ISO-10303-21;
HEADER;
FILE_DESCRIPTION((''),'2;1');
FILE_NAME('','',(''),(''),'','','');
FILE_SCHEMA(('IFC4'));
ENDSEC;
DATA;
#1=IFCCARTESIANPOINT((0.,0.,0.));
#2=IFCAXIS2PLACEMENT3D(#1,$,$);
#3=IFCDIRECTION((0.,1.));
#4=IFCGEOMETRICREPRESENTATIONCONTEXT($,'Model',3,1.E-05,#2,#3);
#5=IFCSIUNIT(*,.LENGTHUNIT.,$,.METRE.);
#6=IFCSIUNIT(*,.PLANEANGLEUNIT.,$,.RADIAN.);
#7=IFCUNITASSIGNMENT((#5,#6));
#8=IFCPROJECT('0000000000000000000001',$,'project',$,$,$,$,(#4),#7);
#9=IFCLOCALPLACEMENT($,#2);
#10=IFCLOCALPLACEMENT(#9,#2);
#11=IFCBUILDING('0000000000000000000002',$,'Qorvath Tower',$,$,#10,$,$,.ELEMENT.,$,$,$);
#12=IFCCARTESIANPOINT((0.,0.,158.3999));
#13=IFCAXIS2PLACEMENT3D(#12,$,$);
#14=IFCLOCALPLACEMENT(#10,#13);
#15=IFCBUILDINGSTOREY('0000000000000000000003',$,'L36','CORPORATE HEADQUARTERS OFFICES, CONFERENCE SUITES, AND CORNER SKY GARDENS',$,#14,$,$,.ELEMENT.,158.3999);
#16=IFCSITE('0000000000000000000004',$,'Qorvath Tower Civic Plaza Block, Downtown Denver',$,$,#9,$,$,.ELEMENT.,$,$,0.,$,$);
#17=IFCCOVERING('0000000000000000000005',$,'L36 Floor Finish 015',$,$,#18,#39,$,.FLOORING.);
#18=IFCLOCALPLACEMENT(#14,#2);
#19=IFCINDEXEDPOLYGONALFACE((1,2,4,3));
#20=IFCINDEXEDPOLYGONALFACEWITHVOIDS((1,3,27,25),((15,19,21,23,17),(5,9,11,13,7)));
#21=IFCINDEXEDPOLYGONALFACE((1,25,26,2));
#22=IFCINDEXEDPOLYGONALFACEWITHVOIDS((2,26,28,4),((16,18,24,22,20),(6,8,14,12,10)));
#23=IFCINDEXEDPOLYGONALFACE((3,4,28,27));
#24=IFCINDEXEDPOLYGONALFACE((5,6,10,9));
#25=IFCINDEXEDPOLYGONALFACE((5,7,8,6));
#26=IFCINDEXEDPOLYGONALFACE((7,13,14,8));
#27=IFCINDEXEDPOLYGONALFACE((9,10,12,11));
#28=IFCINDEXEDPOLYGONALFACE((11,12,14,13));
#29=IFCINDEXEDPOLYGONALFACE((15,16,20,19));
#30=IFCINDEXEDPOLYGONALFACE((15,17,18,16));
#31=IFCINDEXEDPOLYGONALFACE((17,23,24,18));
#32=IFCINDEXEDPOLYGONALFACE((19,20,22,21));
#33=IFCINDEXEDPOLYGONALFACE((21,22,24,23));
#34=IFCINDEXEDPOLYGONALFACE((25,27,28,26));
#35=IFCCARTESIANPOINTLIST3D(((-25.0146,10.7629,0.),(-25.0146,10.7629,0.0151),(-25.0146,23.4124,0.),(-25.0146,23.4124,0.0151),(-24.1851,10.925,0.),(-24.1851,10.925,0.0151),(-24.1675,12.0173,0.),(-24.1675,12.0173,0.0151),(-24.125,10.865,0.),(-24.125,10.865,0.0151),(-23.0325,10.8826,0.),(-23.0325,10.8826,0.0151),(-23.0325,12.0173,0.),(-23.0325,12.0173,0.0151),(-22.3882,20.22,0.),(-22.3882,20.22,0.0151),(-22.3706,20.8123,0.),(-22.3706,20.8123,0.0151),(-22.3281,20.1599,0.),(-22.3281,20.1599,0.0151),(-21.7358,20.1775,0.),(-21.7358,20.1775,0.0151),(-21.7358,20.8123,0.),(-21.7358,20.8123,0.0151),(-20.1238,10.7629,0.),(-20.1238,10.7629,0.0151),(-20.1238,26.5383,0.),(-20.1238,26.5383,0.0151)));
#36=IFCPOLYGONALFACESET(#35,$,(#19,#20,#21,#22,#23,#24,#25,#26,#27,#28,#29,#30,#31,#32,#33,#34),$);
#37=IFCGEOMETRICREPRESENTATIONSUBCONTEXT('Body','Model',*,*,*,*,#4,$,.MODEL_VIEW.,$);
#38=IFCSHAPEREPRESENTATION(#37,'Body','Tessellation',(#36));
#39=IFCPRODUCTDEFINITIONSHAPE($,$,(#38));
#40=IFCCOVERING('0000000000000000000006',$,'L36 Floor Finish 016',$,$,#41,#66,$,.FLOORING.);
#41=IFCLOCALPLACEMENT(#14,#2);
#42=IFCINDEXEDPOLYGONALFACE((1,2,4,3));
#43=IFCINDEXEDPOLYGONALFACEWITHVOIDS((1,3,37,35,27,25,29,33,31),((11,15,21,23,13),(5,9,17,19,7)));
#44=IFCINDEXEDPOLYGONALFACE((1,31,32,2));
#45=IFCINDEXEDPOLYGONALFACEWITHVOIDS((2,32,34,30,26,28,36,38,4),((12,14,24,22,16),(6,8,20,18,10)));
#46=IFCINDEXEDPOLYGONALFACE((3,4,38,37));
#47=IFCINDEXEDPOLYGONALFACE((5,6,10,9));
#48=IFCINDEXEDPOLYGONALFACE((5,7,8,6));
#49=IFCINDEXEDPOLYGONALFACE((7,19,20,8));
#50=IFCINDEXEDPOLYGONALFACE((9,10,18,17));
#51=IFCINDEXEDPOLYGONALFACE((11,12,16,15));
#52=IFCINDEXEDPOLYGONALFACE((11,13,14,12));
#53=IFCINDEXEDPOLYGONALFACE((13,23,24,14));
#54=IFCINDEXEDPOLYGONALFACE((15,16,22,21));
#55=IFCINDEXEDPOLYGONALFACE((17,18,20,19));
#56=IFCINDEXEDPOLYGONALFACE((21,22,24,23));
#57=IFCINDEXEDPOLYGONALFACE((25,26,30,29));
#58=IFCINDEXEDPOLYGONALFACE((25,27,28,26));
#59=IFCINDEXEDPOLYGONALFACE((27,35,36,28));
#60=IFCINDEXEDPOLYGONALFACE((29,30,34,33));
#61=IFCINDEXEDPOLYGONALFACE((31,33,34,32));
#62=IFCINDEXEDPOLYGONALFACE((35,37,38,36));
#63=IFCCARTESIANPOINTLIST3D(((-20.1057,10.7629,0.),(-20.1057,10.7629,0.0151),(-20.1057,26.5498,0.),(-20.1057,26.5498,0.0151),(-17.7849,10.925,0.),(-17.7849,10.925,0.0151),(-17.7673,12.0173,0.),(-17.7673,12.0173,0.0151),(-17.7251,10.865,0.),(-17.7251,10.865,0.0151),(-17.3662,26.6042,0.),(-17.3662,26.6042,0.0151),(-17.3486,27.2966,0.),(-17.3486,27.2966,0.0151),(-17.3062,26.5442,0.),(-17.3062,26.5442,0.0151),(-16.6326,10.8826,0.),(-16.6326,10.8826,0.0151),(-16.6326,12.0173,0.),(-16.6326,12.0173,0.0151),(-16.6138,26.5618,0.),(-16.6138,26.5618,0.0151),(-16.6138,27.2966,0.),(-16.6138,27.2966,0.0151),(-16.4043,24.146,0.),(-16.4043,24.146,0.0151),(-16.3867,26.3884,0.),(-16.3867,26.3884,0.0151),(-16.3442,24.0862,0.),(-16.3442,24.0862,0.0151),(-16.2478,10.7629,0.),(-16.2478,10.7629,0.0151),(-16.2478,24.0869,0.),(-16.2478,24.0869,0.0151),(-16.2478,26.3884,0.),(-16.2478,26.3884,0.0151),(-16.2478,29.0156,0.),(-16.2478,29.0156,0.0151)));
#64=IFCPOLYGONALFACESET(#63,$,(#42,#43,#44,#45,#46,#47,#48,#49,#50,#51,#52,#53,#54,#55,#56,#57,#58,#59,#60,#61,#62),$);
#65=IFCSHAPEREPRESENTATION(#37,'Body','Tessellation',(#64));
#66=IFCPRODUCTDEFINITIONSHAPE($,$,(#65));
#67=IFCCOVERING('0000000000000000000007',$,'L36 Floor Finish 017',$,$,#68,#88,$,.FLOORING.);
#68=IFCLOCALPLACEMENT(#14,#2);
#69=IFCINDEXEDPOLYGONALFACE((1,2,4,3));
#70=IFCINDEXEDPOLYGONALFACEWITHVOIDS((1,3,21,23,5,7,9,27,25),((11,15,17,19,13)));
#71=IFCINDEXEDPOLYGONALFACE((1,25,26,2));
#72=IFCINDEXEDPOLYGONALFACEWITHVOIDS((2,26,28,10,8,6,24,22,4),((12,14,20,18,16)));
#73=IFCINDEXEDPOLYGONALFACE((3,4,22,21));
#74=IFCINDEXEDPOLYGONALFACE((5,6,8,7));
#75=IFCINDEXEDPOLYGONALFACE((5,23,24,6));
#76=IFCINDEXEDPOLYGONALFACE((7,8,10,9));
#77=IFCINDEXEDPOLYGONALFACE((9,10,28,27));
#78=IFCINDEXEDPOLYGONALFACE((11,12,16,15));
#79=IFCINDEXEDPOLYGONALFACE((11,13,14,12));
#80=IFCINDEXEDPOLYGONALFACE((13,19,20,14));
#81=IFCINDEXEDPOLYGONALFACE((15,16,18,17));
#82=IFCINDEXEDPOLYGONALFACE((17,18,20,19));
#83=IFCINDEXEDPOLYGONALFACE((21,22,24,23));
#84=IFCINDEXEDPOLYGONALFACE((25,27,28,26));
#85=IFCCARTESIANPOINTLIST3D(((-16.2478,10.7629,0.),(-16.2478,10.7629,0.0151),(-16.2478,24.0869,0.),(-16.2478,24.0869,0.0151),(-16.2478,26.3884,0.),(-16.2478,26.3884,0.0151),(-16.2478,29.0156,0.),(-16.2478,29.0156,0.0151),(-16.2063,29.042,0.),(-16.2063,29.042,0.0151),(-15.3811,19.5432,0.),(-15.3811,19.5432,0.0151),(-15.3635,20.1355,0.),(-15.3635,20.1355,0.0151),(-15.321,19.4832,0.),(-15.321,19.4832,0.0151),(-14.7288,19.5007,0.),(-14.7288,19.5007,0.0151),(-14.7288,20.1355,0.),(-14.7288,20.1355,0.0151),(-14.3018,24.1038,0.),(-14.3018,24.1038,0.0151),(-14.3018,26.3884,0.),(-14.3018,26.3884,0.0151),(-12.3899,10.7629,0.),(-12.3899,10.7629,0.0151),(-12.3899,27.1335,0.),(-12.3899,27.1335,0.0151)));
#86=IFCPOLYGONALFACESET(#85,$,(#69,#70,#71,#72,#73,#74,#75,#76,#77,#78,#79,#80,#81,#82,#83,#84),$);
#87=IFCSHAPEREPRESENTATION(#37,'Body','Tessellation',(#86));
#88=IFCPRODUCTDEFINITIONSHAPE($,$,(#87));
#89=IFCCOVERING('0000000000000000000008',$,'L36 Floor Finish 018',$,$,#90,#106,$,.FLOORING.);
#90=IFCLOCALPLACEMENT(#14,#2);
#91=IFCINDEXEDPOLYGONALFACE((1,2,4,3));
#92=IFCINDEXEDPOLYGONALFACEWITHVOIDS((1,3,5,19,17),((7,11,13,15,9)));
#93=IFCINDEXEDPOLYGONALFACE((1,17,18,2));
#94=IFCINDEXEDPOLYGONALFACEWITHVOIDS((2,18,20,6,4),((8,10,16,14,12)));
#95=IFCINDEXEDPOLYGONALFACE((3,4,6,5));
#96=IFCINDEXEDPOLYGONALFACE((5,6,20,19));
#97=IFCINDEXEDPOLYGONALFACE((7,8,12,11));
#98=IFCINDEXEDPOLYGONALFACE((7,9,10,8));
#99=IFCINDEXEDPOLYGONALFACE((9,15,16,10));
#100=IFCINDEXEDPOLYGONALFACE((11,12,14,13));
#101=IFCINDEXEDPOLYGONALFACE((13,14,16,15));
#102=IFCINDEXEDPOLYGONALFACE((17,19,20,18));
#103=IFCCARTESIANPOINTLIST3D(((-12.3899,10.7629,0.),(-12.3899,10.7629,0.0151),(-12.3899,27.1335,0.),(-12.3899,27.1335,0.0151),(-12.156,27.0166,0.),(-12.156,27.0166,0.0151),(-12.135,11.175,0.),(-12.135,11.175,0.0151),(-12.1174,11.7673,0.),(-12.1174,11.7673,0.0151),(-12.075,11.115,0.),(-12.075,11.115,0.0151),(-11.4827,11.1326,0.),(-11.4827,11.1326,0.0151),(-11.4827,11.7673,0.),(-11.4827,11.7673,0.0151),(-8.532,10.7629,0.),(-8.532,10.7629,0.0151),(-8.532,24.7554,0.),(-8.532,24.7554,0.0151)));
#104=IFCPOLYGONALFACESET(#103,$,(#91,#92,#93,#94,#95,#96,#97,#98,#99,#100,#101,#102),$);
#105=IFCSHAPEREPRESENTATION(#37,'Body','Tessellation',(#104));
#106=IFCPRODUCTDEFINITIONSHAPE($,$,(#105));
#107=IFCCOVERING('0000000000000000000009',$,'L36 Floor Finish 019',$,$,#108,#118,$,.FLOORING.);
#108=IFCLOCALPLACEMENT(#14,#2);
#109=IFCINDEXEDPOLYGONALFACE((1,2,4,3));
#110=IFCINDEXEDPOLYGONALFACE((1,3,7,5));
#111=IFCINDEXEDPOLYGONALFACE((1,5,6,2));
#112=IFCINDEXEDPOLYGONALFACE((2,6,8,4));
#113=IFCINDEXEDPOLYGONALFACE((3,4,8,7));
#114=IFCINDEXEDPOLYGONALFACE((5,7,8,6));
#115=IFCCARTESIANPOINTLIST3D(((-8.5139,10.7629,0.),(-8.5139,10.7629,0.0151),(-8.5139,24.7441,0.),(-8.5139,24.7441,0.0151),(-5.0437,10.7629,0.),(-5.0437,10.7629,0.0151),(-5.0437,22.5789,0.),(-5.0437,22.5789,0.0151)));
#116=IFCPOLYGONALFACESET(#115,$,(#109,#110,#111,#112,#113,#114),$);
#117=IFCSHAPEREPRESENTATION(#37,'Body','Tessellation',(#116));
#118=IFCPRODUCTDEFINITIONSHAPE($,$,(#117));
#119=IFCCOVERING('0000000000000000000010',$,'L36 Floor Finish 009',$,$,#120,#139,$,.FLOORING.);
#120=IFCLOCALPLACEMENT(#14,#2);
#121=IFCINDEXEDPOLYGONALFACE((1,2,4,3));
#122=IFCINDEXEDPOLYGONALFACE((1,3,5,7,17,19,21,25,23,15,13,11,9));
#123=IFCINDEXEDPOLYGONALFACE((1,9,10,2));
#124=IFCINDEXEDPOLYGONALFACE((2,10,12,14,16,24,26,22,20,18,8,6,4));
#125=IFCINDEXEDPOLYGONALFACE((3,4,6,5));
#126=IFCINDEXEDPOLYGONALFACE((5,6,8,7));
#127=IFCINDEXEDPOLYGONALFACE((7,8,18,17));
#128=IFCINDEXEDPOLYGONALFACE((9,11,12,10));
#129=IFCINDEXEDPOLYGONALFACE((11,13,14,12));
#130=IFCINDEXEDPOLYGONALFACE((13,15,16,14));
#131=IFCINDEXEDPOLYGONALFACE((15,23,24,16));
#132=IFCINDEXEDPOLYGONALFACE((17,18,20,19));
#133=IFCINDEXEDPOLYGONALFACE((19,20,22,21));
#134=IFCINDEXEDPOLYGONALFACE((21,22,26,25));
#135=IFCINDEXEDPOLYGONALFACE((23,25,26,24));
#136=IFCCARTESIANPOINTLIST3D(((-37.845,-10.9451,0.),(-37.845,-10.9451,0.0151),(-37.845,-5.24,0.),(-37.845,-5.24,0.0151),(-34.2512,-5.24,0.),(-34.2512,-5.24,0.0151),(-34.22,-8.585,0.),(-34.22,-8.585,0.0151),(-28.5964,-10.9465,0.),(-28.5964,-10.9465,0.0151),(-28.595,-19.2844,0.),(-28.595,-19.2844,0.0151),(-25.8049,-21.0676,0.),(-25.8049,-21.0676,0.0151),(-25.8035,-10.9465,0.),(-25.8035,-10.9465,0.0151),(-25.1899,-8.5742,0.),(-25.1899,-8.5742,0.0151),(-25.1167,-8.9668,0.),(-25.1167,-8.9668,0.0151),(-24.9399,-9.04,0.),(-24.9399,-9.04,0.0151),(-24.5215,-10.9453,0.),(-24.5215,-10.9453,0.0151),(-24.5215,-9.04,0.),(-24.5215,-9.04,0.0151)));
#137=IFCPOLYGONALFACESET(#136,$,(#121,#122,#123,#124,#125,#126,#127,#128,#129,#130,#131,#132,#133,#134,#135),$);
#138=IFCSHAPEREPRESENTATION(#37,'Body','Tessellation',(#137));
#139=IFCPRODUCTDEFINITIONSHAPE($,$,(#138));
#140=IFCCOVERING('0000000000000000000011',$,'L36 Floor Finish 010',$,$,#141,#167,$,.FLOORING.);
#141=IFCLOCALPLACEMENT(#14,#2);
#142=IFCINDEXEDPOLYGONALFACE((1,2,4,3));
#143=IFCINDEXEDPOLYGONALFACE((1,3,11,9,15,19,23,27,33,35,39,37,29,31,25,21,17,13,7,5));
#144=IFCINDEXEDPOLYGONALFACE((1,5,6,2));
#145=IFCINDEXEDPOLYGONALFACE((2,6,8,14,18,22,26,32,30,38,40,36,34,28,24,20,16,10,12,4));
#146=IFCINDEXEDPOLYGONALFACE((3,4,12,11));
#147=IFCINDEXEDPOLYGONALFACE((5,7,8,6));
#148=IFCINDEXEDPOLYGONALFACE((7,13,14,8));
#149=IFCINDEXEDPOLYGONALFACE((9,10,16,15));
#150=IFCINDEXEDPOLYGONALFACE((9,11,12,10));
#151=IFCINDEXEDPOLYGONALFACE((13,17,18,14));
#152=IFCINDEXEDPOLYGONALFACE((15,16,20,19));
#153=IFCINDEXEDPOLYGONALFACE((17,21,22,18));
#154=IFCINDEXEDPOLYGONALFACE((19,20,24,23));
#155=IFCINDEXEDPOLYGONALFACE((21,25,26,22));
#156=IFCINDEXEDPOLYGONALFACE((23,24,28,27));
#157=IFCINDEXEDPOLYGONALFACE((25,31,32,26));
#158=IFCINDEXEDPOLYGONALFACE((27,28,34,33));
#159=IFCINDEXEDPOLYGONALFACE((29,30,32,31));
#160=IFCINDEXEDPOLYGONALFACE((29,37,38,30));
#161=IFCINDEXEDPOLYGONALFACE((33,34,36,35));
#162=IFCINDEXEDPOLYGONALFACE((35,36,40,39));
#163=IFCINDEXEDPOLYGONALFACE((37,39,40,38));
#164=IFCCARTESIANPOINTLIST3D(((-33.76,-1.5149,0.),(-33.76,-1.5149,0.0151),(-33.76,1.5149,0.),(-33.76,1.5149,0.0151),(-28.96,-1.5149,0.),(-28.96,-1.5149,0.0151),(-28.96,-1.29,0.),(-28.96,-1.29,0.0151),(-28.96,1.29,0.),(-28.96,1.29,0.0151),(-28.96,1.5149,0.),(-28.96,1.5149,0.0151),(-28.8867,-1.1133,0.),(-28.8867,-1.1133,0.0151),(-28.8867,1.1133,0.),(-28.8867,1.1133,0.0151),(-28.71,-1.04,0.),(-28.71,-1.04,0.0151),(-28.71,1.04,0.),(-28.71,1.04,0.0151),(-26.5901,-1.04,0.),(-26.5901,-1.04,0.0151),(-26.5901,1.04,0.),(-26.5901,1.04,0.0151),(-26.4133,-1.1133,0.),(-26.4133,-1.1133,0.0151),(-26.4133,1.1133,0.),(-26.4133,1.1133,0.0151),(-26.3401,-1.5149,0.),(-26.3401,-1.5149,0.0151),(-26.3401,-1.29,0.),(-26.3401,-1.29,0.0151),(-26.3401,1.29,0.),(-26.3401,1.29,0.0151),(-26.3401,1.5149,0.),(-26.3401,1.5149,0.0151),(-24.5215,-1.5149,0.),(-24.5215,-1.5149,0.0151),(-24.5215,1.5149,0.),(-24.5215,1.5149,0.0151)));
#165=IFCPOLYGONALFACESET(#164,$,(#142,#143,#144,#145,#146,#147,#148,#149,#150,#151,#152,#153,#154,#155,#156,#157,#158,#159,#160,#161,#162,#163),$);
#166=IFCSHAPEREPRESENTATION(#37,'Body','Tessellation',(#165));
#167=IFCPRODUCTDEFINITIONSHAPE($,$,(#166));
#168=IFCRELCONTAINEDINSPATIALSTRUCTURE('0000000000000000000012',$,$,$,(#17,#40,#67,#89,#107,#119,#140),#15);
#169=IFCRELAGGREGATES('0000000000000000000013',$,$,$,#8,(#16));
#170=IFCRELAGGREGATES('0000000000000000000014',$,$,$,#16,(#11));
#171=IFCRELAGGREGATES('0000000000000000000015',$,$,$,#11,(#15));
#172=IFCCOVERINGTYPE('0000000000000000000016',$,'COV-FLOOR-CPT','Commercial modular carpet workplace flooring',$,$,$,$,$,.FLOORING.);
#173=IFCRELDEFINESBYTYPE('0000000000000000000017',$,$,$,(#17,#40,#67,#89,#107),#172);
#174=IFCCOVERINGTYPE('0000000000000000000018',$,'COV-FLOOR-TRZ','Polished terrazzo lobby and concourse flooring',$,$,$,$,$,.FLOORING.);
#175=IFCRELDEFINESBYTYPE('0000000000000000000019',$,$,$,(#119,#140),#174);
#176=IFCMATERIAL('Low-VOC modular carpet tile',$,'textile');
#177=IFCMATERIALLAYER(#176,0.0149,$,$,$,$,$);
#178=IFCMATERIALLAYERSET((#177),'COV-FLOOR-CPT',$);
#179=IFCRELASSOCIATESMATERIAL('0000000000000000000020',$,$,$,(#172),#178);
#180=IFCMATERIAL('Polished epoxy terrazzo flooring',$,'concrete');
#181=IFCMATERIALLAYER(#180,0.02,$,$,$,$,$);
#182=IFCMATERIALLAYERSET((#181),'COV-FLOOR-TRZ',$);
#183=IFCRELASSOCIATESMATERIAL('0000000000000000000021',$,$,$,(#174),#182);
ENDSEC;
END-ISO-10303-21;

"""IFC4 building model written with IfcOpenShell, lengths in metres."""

from ifc_helpers import new_model, si_unit, direction, frame, origin, place, context, subcontext, project, spatial, polyline, outline, extrude, material, layer, layer_set, type_object, element, save


model = new_model("IFC4")

# Units and contexts
model_context = context("Model", 3, precision=1e-05, world=origin(), true_north=direction((0.0, 1.0)))
body_context = subcontext(model_context, "Body", "Model", "MODEL_VIEW")
ifc_project = project(units=[si_unit("LENGTHUNIT", "METRE"), si_unit("PLANEANGLEUNIT", "RADIAN")], contexts=[model_context])

# Site, building, storey
site_placement = place(None, origin())
site = spatial("IfcSite", under=ifc_project, at=site_placement, Name="Qorvath Tower Civic Plaza Block, Downtown Denver", CompositionType="ELEMENT", RefElevation=0.0)
building_placement = place(site_placement, origin())
building = spatial("IfcBuilding", under=site, at=building_placement, Name="Qorvath Tower", CompositionType="ELEMENT")
storey_placement = place(building_placement, frame((0.0, 0.0, 158.3999)))
storey = spatial("IfcBuildingStorey", under=building, at=storey_placement, Name="L36", Description="CORPORATE HEADQUARTERS OFFICES, CONFERENCE SUITES, AND CORNER SKY GARDENS", CompositionType="ELEMENT", Elevation=158.3999)

# Coverings
ifc_material_1 = material(Name="Low-VOC modular carpet tile", Category="textile")
ifc_layer_1 = layer(ifc_material_1, 0.0149)
ifc_layer_set_1 = layer_set([ifc_layer_1], Name="COV-FLOOR-CPT")
covering_type_1 = type_object("IfcCoveringType", Name="COV-FLOOR-CPT", Description="Commercial modular carpet workplace flooring", PredefinedType="FLOORING", material=ifc_layer_set_1)
covering_1_placement = place(storey_placement, origin())
element("IfcCovering", 1, at=covering_1_placement, inside=storey, type_object=covering_type_1, Name="L36 Floor Finish 015", PredefinedType="FLOORING", context=body_context, shape_type="SweptSolid", body=[
    extrude(outline(polyline([(-20.1238, 10.7629), (-20.1238, 26.5383), (-25.0146, 23.4124), (-25.0146, 10.7629), (-20.1238, 10.7629)]), holes=[polyline([(-22.3882, 20.22), (-22.3706, 20.8123), (-21.7358, 20.8123), (-21.7358, 20.1775), (-22.3281, 20.1599), (-22.3882, 20.22)]), polyline([(-24.1851, 10.925), (-24.1675, 12.0173), (-23.0325, 12.0173), (-23.0325, 10.8826), (-24.125, 10.865), (-24.1851, 10.925)])]), origin(), (0.0, 0.0, 1.0), 0.0151),
])
covering_2_placement = place(storey_placement, origin())
element("IfcCovering", 2, at=covering_2_placement, inside=storey, type_object=covering_type_1, Name="L36 Floor Finish 016", PredefinedType="FLOORING", context=body_context, shape_type="SweptSolid", body=[
    extrude(outline(polyline([(-16.2478, 10.7629), (-16.2478, 24.0869), (-16.3442, 24.0862), (-16.4043, 24.146), (-16.3867, 26.3884), (-16.2478, 26.3884), (-16.2478, 29.0156), (-20.1057, 26.5498), (-20.1057, 10.7629), (-16.2478, 10.7629)]), holes=[polyline([(-17.3662, 26.6042), (-17.3486, 27.2966), (-16.6138, 27.2966), (-16.6138, 26.5618), (-17.3062, 26.5442), (-17.3662, 26.6042)]), polyline([(-17.7849, 10.925), (-17.7673, 12.0173), (-16.6326, 12.0173), (-16.6326, 10.8826), (-17.7251, 10.865), (-17.7849, 10.925)])]), origin(), (0.0, 0.0, 1.0), 0.0151),
])
covering_3_placement = place(storey_placement, origin())
element("IfcCovering", 3, at=covering_3_placement, inside=storey, type_object=covering_type_1, Name="L36 Floor Finish 017", PredefinedType="FLOORING", context=body_context, shape_type="SweptSolid", body=[
    extrude(outline(polyline([(-12.3899, 10.7629), (-12.3899, 27.1335), (-16.2063, 29.042), (-16.2478, 29.0156), (-16.2478, 26.3884), (-14.3018, 26.3884), (-14.3018, 24.1038), (-16.2478, 24.0869), (-16.2478, 10.7629), (-12.3899, 10.7629)]), holes=[polyline([(-15.3811, 19.5432), (-15.3635, 20.1355), (-14.7288, 20.1355), (-14.7288, 19.5007), (-15.321, 19.4832), (-15.3811, 19.5432)])]), origin(), (0.0, 0.0, 1.0), 0.0151),
])
covering_4_placement = place(storey_placement, origin())
element("IfcCovering", 4, at=covering_4_placement, inside=storey, type_object=covering_type_1, Name="L36 Floor Finish 018", PredefinedType="FLOORING", context=body_context, shape_type="SweptSolid", body=[
    extrude(outline(polyline([(-8.532, 10.7629), (-8.532, 24.7554), (-12.156, 27.0166), (-12.3899, 27.1335), (-12.3899, 10.7629), (-8.532, 10.7629)]), holes=[polyline([(-12.135, 11.175), (-12.1174, 11.7673), (-11.4827, 11.7673), (-11.4827, 11.1326), (-12.075, 11.115), (-12.135, 11.175)])]), origin(), (0.0, 0.0, 1.0), 0.0151),
])
covering_5_placement = place(storey_placement, origin())
element("IfcCovering", 5, at=covering_5_placement, inside=storey, type_object=covering_type_1, Name="L36 Floor Finish 019", PredefinedType="FLOORING", context=body_context, shape_type="SweptSolid", body=[
    extrude(outline(polyline([(-5.0437, 10.7629), (-5.0437, 22.5789), (-8.5139, 24.7441), (-8.5139, 10.7629), (-5.0437, 10.7629)])), origin(), (0.0, 0.0, 1.0), 0.0151),
])
ifc_material_2 = material(Name="Polished epoxy terrazzo flooring", Category="concrete")
ifc_layer_2 = layer(ifc_material_2, 0.02)
ifc_layer_set_2 = layer_set([ifc_layer_2], Name="COV-FLOOR-TRZ")
covering_type_2 = type_object("IfcCoveringType", Name="COV-FLOOR-TRZ", Description="Polished terrazzo lobby and concourse flooring", PredefinedType="FLOORING", material=ifc_layer_set_2)
covering_6_placement = place(storey_placement, origin())
element("IfcCovering", 6, at=covering_6_placement, inside=storey, type_object=covering_type_2, Name="L36 Floor Finish 009", PredefinedType="FLOORING", context=body_context, shape_type="SweptSolid", body=[
    extrude(outline(polyline([(-24.5215, -10.9453), (-24.5215, -9.04), (-24.9399, -9.04), (-25.1167, -8.9668), (-25.1899, -8.5742), (-34.22, -8.585), (-34.2512, -5.24), (-37.845, -5.24), (-37.845, -10.9451), (-28.5964, -10.9465), (-28.595, -19.2844), (-25.8049, -21.0676), (-25.8035, -10.9465), (-24.5215, -10.9453)])), origin(), (0.0, 0.0, 1.0), 0.0151),
])
covering_7_placement = place(storey_placement, origin())
element("IfcCovering", 7, at=covering_7_placement, inside=storey, type_object=covering_type_2, Name="L36 Floor Finish 010", PredefinedType="FLOORING", context=body_context, shape_type="SweptSolid", body=[
    extrude(outline(polyline([(-33.76, -1.5149), (-28.96, -1.5149), (-28.96, -1.29), (-28.8867, -1.1133), (-28.71, -1.04), (-26.5901, -1.04), (-26.4133, -1.1133), (-26.3401, -1.29), (-26.3401, -1.5149), (-24.5215, -1.5149), (-24.5215, 1.5149), (-26.3401, 1.5149), (-26.3401, 1.29), (-26.4133, 1.1133), (-26.5901, 1.04), (-28.71, 1.04), (-28.8867, 1.1133), (-28.96, 1.29), (-28.96, 1.5149), (-33.76, 1.5149), (-33.76, -1.5149)])), origin(), (0.0, 0.0, 1.0), 0.0151),
])

save(model, "model.ifc")
